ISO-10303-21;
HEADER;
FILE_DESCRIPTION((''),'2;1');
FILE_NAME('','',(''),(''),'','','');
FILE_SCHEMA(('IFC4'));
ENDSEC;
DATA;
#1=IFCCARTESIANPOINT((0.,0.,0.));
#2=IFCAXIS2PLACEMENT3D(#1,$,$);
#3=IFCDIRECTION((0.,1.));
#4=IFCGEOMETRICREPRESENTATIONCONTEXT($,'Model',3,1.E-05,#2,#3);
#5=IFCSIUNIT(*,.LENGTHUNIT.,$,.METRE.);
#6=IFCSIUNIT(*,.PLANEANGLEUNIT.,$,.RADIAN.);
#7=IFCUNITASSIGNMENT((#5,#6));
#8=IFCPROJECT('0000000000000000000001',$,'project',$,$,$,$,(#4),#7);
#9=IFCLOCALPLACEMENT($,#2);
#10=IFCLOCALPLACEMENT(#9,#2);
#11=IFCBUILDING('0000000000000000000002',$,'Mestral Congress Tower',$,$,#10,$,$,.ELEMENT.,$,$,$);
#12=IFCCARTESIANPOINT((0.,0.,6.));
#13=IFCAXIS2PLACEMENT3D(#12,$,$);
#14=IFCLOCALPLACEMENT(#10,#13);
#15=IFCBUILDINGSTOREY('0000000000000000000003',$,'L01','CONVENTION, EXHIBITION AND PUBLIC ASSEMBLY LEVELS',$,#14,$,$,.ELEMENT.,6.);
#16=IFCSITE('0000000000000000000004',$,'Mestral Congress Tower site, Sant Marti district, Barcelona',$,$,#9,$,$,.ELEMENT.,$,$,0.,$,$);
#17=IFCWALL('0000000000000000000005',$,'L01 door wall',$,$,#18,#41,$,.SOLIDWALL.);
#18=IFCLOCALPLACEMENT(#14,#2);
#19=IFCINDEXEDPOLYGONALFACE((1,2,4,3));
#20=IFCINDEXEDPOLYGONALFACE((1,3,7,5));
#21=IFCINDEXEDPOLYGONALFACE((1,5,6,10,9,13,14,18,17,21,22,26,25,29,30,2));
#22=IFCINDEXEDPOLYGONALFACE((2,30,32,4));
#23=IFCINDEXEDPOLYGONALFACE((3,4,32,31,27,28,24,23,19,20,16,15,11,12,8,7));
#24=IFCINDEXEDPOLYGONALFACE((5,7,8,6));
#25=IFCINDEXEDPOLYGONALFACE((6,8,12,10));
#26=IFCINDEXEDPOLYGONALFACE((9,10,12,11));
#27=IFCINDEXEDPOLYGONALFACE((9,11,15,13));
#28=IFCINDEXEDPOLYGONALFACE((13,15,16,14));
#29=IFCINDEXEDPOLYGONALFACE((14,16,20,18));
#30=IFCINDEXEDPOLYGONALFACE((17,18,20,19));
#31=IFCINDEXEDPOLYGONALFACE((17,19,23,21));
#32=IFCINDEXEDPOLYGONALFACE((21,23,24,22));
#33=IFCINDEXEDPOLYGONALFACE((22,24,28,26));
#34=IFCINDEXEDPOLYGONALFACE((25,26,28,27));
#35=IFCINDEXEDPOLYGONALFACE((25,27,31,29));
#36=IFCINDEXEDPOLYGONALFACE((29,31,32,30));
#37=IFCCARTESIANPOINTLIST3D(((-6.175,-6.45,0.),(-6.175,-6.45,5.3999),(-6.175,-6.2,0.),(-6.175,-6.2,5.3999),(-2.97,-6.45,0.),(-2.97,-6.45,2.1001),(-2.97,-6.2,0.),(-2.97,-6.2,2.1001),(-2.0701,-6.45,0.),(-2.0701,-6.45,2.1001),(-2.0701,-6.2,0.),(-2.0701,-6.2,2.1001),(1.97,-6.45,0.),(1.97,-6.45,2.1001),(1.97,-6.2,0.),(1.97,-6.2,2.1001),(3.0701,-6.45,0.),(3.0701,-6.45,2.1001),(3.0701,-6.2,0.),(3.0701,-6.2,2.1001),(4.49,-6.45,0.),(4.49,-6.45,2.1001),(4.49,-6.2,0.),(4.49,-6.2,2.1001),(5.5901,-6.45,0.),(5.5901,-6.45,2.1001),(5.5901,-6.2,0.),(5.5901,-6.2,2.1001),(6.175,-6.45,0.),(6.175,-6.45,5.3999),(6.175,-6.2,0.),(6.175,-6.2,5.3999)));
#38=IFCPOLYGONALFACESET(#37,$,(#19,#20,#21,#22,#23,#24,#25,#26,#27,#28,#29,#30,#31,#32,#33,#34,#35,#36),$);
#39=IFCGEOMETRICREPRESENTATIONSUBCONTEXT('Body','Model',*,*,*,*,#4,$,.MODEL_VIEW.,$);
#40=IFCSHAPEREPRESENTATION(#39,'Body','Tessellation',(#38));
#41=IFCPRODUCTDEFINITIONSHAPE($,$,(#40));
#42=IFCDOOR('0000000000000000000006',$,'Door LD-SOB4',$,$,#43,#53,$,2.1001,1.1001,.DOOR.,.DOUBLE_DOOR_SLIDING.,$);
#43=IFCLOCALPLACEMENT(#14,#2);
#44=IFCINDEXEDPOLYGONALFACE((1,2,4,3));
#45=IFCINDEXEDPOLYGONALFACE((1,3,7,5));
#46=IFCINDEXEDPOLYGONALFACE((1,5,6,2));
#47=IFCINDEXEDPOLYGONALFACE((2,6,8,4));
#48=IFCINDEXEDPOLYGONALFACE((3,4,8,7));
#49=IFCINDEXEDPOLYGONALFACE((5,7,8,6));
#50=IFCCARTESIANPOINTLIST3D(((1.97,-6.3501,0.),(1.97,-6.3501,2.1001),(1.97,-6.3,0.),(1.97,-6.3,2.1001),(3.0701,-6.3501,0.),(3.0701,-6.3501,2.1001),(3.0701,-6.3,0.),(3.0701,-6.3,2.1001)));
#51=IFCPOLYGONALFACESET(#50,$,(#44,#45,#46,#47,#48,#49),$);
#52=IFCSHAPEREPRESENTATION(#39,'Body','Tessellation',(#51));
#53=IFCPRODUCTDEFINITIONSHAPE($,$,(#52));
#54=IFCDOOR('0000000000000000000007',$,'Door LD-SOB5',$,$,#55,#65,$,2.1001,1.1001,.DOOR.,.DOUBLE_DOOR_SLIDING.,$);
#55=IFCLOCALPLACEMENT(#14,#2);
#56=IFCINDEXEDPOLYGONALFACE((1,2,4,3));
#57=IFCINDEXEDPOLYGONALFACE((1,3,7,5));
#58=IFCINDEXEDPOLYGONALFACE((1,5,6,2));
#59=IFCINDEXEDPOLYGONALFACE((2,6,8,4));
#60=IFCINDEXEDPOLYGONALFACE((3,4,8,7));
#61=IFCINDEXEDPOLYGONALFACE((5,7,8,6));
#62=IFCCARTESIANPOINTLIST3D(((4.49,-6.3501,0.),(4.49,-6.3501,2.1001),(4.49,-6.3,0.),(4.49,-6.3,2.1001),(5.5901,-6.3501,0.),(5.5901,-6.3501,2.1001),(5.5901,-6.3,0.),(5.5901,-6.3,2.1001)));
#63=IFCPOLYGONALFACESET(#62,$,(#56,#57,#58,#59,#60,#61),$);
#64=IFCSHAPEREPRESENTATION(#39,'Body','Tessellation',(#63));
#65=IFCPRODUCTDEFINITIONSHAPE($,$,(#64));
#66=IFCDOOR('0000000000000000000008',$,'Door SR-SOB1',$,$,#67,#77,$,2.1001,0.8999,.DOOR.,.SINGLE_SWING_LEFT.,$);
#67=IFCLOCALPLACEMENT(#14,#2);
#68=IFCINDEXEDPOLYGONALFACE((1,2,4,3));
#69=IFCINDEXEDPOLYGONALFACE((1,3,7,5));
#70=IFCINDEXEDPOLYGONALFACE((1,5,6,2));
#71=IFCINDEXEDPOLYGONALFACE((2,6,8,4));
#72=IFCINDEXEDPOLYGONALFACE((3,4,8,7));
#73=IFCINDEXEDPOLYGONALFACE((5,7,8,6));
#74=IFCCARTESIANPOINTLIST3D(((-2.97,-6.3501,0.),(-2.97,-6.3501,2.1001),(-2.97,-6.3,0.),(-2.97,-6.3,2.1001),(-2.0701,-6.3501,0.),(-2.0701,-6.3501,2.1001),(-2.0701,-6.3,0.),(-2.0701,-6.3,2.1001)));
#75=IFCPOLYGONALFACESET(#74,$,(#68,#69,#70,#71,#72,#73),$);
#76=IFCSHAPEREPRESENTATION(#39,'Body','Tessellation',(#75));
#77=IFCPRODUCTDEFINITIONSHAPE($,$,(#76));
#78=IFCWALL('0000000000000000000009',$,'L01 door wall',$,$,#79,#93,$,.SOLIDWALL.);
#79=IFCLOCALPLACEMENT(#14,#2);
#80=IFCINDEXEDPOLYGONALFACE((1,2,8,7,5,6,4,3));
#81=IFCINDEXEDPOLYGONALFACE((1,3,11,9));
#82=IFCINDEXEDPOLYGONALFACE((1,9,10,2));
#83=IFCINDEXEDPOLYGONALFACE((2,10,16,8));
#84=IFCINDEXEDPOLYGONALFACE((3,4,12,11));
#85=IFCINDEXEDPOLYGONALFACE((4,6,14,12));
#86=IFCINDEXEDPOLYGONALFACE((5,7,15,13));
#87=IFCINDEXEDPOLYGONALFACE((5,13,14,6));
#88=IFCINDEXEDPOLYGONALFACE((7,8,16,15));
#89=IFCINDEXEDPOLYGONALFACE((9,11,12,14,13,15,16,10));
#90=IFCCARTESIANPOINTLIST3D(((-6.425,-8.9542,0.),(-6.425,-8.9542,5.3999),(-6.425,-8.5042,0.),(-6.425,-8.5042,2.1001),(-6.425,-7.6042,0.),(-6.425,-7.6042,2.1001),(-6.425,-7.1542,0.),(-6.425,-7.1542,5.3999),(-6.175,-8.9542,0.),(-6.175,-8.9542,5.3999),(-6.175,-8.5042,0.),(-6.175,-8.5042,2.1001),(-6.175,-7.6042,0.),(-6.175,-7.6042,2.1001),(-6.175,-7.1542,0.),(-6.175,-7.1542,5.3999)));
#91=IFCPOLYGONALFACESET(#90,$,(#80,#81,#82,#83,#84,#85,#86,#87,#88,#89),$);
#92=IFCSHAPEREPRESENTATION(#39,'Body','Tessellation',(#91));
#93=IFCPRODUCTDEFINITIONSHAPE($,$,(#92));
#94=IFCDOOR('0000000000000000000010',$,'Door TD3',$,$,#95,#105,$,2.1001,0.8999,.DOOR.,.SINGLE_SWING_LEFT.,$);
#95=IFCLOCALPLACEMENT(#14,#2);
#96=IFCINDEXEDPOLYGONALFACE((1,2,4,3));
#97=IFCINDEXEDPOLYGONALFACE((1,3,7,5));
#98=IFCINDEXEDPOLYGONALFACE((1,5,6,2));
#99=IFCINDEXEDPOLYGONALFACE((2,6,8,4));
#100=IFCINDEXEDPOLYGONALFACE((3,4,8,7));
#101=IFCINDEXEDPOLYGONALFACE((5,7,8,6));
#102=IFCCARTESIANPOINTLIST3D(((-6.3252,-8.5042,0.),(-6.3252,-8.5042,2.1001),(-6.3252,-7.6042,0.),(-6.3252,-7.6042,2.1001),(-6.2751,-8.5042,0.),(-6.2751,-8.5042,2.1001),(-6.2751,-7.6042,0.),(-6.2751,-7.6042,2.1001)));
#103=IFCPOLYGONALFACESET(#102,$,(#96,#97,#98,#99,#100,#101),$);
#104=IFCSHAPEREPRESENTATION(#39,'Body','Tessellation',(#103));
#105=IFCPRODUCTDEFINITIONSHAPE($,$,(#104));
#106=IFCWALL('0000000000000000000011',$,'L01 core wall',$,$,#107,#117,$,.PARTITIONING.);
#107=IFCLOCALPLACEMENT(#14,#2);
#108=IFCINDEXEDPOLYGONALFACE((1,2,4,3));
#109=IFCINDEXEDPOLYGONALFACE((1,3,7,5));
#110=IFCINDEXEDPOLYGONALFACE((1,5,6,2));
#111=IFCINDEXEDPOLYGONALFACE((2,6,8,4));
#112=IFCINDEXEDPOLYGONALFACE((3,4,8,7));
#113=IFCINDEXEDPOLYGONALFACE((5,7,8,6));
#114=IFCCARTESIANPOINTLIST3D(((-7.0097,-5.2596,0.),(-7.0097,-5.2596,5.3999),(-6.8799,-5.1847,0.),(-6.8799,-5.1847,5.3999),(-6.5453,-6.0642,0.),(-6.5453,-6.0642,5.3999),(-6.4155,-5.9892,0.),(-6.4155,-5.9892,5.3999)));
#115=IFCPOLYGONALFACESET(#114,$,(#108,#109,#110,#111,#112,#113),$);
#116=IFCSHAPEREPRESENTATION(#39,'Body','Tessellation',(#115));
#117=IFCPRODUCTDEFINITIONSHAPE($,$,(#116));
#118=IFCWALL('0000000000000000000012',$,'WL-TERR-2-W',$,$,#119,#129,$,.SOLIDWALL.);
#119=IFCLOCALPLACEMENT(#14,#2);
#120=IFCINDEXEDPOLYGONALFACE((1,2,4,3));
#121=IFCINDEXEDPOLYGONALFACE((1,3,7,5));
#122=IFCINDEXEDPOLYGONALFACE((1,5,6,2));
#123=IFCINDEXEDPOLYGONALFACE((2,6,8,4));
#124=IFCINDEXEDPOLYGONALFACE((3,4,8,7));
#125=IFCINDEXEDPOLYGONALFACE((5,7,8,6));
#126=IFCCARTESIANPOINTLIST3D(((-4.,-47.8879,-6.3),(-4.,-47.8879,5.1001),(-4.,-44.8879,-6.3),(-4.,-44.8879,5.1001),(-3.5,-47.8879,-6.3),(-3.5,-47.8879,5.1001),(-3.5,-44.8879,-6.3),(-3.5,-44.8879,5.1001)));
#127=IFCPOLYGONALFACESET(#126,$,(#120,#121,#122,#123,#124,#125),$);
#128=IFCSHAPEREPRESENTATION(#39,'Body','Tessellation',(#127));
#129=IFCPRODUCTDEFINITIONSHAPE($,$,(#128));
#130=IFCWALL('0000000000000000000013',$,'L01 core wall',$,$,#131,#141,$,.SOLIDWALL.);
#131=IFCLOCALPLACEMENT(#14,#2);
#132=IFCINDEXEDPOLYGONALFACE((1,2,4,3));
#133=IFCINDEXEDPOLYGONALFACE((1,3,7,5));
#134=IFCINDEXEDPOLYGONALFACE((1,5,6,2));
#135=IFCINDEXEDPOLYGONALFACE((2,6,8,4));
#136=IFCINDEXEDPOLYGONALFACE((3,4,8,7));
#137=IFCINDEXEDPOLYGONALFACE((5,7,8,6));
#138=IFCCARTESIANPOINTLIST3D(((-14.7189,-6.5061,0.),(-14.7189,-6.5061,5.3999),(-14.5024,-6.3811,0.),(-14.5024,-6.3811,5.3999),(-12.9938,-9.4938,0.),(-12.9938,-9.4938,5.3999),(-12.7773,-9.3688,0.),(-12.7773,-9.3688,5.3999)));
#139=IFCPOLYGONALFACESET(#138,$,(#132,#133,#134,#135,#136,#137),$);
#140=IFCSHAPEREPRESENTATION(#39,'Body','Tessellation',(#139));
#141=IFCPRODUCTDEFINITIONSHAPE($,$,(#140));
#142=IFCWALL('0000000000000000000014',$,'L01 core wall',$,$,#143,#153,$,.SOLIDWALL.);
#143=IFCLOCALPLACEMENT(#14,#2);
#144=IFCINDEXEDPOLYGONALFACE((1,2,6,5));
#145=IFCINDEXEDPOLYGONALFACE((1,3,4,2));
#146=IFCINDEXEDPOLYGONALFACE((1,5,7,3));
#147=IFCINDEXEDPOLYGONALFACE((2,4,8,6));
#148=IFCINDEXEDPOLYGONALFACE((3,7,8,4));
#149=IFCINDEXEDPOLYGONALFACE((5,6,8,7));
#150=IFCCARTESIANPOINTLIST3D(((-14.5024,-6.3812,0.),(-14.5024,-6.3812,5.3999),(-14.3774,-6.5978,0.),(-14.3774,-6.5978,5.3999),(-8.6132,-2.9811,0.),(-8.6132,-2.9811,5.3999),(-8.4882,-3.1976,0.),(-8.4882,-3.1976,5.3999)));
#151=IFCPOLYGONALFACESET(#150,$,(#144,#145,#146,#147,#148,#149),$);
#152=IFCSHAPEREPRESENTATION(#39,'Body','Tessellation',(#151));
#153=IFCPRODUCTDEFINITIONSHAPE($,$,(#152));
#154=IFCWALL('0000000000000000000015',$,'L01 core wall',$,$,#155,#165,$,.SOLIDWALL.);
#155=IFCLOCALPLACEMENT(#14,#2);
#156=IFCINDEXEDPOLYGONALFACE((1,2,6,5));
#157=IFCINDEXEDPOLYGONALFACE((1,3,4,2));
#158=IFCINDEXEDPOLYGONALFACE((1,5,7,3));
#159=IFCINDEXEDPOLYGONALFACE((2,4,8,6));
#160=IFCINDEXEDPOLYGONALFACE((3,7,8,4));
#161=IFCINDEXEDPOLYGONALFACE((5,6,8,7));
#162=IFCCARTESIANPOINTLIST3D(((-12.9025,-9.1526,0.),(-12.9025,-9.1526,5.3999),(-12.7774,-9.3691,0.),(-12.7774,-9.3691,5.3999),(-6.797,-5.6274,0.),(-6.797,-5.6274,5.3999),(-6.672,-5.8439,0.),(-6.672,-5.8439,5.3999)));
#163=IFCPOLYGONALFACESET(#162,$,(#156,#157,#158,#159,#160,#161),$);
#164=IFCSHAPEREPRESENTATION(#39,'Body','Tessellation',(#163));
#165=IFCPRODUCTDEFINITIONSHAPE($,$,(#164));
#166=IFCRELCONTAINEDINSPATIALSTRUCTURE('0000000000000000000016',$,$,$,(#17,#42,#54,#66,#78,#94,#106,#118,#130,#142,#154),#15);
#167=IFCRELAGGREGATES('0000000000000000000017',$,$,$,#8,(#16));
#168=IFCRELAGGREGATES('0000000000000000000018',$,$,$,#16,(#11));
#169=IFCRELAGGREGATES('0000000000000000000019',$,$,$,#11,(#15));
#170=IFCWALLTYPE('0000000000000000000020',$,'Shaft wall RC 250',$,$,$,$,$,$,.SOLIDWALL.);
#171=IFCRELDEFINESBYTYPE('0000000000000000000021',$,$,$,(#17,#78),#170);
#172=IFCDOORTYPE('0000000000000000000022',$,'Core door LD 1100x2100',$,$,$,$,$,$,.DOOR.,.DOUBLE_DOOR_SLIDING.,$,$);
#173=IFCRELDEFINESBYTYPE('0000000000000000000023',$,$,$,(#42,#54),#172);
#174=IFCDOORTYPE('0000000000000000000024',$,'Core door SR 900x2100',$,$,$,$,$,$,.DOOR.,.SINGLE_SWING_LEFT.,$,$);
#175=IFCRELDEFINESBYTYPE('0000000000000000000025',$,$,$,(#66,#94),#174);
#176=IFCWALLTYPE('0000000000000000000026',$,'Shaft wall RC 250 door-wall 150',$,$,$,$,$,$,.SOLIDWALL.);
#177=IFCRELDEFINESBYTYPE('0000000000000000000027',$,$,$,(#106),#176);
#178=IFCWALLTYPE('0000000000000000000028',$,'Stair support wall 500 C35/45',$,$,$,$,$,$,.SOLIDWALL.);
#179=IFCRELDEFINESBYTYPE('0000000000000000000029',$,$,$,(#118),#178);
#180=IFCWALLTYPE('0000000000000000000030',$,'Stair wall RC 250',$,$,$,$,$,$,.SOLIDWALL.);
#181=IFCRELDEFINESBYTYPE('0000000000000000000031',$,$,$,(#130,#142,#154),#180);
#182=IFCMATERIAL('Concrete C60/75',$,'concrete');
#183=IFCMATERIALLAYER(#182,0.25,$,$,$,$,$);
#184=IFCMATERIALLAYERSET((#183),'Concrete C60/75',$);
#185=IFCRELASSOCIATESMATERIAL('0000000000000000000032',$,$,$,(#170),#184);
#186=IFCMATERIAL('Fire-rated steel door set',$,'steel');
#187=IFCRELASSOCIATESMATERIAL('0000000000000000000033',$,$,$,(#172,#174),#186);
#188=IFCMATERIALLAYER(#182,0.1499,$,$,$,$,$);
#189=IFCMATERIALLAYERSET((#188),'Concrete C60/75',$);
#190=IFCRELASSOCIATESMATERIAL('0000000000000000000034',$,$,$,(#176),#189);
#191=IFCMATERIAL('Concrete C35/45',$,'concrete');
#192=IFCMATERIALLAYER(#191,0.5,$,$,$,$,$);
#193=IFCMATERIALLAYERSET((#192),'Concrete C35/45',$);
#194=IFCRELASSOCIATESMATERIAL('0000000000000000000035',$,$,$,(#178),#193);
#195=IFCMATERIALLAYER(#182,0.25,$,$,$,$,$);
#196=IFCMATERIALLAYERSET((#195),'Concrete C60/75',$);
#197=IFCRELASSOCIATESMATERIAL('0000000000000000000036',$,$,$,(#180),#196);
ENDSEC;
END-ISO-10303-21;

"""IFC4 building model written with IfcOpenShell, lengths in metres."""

from ifc_helpers import new_model, si_unit, direction, frame, frame_2d, origin, place, context, subcontext, project, spatial, rectangle, extrude, material, layer, layer_set, type_object, element, fill, save


model = new_model("IFC4")

# Units and contexts
model_context = context("Model", 3, precision=1e-05, world=origin(), true_north=direction((0.0, 1.0)))
body_context = subcontext(model_context, "Body", "Model", "MODEL_VIEW")
ifc_project = project(units=[si_unit("LENGTHUNIT", "METRE"), si_unit("PLANEANGLEUNIT", "RADIAN")], contexts=[model_context])

# Site, building, storey
site_placement = place(None, origin())
site = spatial("IfcSite", under=ifc_project, at=site_placement, Name="Mestral Congress Tower site, Sant Marti district, Barcelona", CompositionType="ELEMENT", RefElevation=0.0)
building_placement = place(site_placement, origin())
building = spatial("IfcBuilding", under=site, at=building_placement, Name="Mestral Congress Tower", CompositionType="ELEMENT")
storey_placement = place(building_placement, frame((0.0, 0.0, 6.0)))
storey = spatial("IfcBuildingStorey", under=building, at=storey_placement, Name="L01", Description="CONVENTION, EXHIBITION AND PUBLIC ASSEMBLY LEVELS", CompositionType="ELEMENT", Elevation=6.0)

# Shared definitions
ifc_material_1 = material(Name="Concrete C60/75", Category="concrete")
ifc_layer_1 = layer(ifc_material_1, 0.25)
ifc_layer_set_1 = layer_set([ifc_layer_1], Name="Concrete C60/75")
wall_type_1 = type_object("IfcWallType", Name="Shaft wall RC 250", PredefinedType="SOLIDWALL", material=ifc_layer_set_1)

# Wall, openings, doors
wall_1_placement = place(storey_placement, frame((-6.175, -6.325, 0.0), z_axis=(0.0, 0.0, 1.0), x_axis=(1.0, 0.0, 0.0)))
wall_1 = element("IfcWall", 1, at=wall_1_placement, inside=storey, type_object=wall_type_1, Name="L01 door wall", PredefinedType="SOLIDWALL", context=body_context, shape_type="SweptSolid", body=[
    extrude(rectangle(XDim=12.3501, YDim=0.25, at=frame_2d((6.175, 0.0))), origin(), (0.0, 0.0, 1.0), 5.3999),
])
opening_1_placement = place(wall_1_placement, frame((3.2051, 0.0, 0.0)))
opening_1 = element("IfcOpeningElement", 2, at=opening_1_placement, cuts=wall_1, PredefinedType="OPENING", context=body_context, shape_type="SweptSolid", body=[
    extrude(rectangle(XDim=0.8999, YDim=2.1001, at=frame_2d((0.45, 1.05))), frame((0.0, 0.135, 0.0), z_axis=(0.0, -1.0, 0.0), x_axis=(1.0, 0.0, 0.0)), (0.0, 0.0, 1.0), 0.27),
])
opening_2_placement = place(wall_1_placement, frame((8.145, 0.0, 0.0)))
opening_2 = element("IfcOpeningElement", 3, at=opening_2_placement, cuts=wall_1, PredefinedType="OPENING", context=body_context, shape_type="SweptSolid", body=[
    extrude(rectangle(XDim=1.1001, YDim=2.1001, at=frame_2d((0.55, 1.05))), frame((0.0, 0.135, 0.0), z_axis=(0.0, -1.0, 0.0), x_axis=(1.0, 0.0, 0.0)), (0.0, 0.0, 1.0), 0.27),
])
opening_3_placement = place(wall_1_placement, frame((10.665, 0.0, 0.0)))
opening_3 = element("IfcOpeningElement", 4, at=opening_3_placement, cuts=wall_1, PredefinedType="OPENING", context=body_context, shape_type="SweptSolid", body=[
    extrude(rectangle(XDim=1.1001, YDim=2.1001, at=frame_2d((0.55, 1.05))), frame((0.0, 0.135, 0.0), z_axis=(0.0, -1.0, 0.0), x_axis=(1.0, 0.0, 0.0)), (0.0, 0.0, 1.0), 0.27),
])
ifc_material_2 = material(Name="Fire-rated steel door set", Category="steel")
door_type_1 = type_object("IfcDoorType", Name="Core door LD 1100x2100", OperationType="DOUBLE_DOOR_SLIDING", PredefinedType="DOOR", material=ifc_material_2)
door_1_placement = place(opening_2_placement, origin())
door_1 = element("IfcDoor", 5, at=door_1_placement, inside=storey, type_object=door_type_1, Name="Door LD-SOB4", OperationType="DOUBLE_DOOR_SLIDING", OverallHeight=2.1001, OverallWidth=1.1001, PredefinedType="DOOR", context=body_context, shape_type="SweptSolid", body=[
    extrude(rectangle(XDim=1.1001, YDim=2.1001, at=frame_2d((0.55, 1.05))), frame((0.0, 0.0249, 0.0), z_axis=(0.0, -1.0, 0.0), x_axis=(1.0, 0.0, 0.0)), (0.0, 0.0, 1.0), 0.05),
])
fill(opening_2, door_1)
door_2_placement = place(opening_3_placement, origin())
door_2 = element("IfcDoor", 6, at=door_2_placement, inside=storey, type_object=door_type_1, Name="Door LD-SOB5", OperationType="DOUBLE_DOOR_SLIDING", OverallHeight=2.1001, OverallWidth=1.1001, PredefinedType="DOOR", context=body_context, shape_type="SweptSolid", body=[
    extrude(rectangle(XDim=1.1001, YDim=2.1001, at=frame_2d((0.55, 1.05))), frame((0.0, 0.0249, 0.0), z_axis=(0.0, -1.0, 0.0), x_axis=(1.0, 0.0, 0.0)), (0.0, 0.0, 1.0), 0.05),
])
fill(opening_3, door_2)
door_type_2 = type_object("IfcDoorType", Name="Core door SR 900x2100", OperationType="SINGLE_SWING_LEFT", PredefinedType="DOOR", material=ifc_material_2)
door_3_placement = place(opening_1_placement, origin())
door_3 = element("IfcDoor", 7, at=door_3_placement, inside=storey, type_object=door_type_2, Name="Door SR-SOB1", OperationType="SINGLE_SWING_LEFT", OverallHeight=2.1001, OverallWidth=0.8999, PredefinedType="DOOR", context=body_context, shape_type="SweptSolid", body=[
    extrude(rectangle(XDim=0.8999, YDim=2.1001, at=frame_2d((0.45, 1.05))), frame((0.0, 0.0249, 0.0), z_axis=(0.0, -1.0, 0.0), x_axis=(1.0, 0.0, 0.0)), (0.0, 0.0, 1.0), 0.05),
])
fill(opening_1, door_3)

# Wall, opening, door
wall_2_placement = place(storey_placement, frame((-6.3, -7.1543, 0.0), z_axis=(0.0, 0.0, 1.0), x_axis=(0.0, -1.0, 0.0)))
wall_2 = element("IfcWall", 8, at=wall_2_placement, inside=storey, type_object=wall_type_1, Name="L01 door wall", PredefinedType="SOLIDWALL", context=body_context, shape_type="SweptSolid", body=[
    extrude(rectangle(XDim=1.8, YDim=0.25, at=frame_2d((0.8999, 0.0))), origin(), (0.0, 0.0, 1.0), 5.3999),
])
opening_4_placement = place(wall_2_placement, frame((0.45, 0.0, 0.0)))
opening_4 = element("IfcOpeningElement", 9, at=opening_4_placement, cuts=wall_2, PredefinedType="OPENING", context=body_context, shape_type="SweptSolid", body=[
    extrude(rectangle(XDim=0.8999, YDim=2.1001, at=frame_2d((0.45, 1.05))), frame((0.0, 0.135, 0.0), z_axis=(0.0, -1.0, 0.0), x_axis=(1.0, 0.0, 0.0)), (0.0, 0.0, 1.0), 0.27),
])
door_4_placement = place(opening_4_placement, origin())
door_4 = element("IfcDoor", 10, at=door_4_placement, inside=storey, type_object=door_type_2, Name="Door TD3", OperationType="SINGLE_SWING_LEFT", OverallHeight=2.1001, OverallWidth=0.8999, PredefinedType="DOOR", context=body_context, shape_type="SweptSolid", body=[
    extrude(rectangle(XDim=0.8999, YDim=2.1001, at=frame_2d((0.45, 1.05))), frame((0.0, 0.0249, 0.0), z_axis=(0.0, -1.0, 0.0), x_axis=(1.0, 0.0, 0.0)), (0.0, 0.0, 1.0), 0.05),
])
fill(opening_4, door_4)

# Walls
ifc_layer_2 = layer(ifc_material_1, 0.1499)
ifc_layer_set_2 = layer_set([ifc_layer_2], Name="Concrete C60/75")
wall_type_2 = type_object("IfcWallType", Name="Shaft wall RC 250 door-wall 150", PredefinedType="SOLIDWALL", material=ifc_layer_set_2)
wall_3_placement = place(storey_placement, frame((-6.4805, -6.0266, 0.0), z_axis=(0.0, 0.0, 1.0), x_axis=(-0.499927, 0.866067, 0.0)))
element("IfcWall", 11, at=wall_3_placement, inside=storey, type_object=wall_type_2, Name="L01 core wall", PredefinedType="PARTITIONING", context=body_context, shape_type="SweptSolid", body=[
    extrude(rectangle(XDim=0.929, YDim=0.1499, at=frame_2d((0.4644, 0.0))), origin(), (0.0, 0.0, 1.0), 5.3999),
])
ifc_material_3 = material(Name="Concrete C35/45", Category="concrete")
ifc_layer_3 = layer(ifc_material_3, 0.5)
ifc_layer_set_3 = layer_set([ifc_layer_3], Name="Concrete C35/45")
wall_type_3 = type_object("IfcWallType", Name="Stair support wall 500 C35/45", PredefinedType="SOLIDWALL", material=ifc_layer_set_3)
wall_4_placement = place(storey_placement, frame((-3.75, -47.8879, -6.3), z_axis=(0.0, 0.0, 1.0), x_axis=(0.0, 1.0, 0.0)))
element("IfcWall", 12, at=wall_4_placement, inside=storey, type_object=wall_type_3, Name="WL-TERR-2-W", PredefinedType="SOLIDWALL", context=body_context, shape_type="SweptSolid", body=[
    extrude(rectangle(XDim=3.0, YDim=0.5, at=frame_2d((1.5, 0.0))), origin(), (0.0, 0.0, 1.0), 11.4001),
])
ifc_layer_4 = layer(ifc_material_1, 0.25)
ifc_layer_set_4 = layer_set([ifc_layer_4], Name="Concrete C60/75")
wall_type_4 = type_object("IfcWallType", Name="Stair wall RC 250", PredefinedType="SOLIDWALL", material=ifc_layer_set_4)
wall_5_placement = place(storey_placement, frame((-12.8855, -9.4314, 0.0), z_axis=(0.0, 0.0, 1.0), x_axis=(-0.500021, 0.866014, 0.0)))
element("IfcWall", 13, at=wall_5_placement, inside=storey, type_object=wall_type_4, Name="L01 core wall", PredefinedType="SOLIDWALL", context=body_context, shape_type="SweptSolid", body=[
    extrude(rectangle(XDim=3.45, YDim=0.25, at=frame_2d((1.7251, 0.0))), origin(), (0.0, 0.0, 1.0), 5.3999),
])
wall_6_placement = place(storey_placement, frame((-14.4399, -6.4895, 0.0), z_axis=(0.0, 0.0, 1.0), x_axis=(0.866023, 0.500004, 0.0)))
element("IfcWall", 14, at=wall_6_placement, inside=storey, type_object=wall_type_4, Name="L01 core wall", PredefinedType="SOLIDWALL", context=body_context, shape_type="SweptSolid", body=[
    extrude(rectangle(XDim=6.8003, YDim=0.25, at=frame_2d((3.4001, 0.0))), origin(), (0.0, 0.0, 1.0), 5.3999),
])
wall_7_placement = place(storey_placement, frame((-12.8398, -9.2607, 0.0), z_axis=(0.0, 0.0, 1.0), x_axis=(0.866016, 0.500016, 0.0)))
element("IfcWall", 15, at=wall_7_placement, inside=storey, type_object=wall_type_4, Name="L01 core wall", PredefinedType="SOLIDWALL", context=body_context, shape_type="SweptSolid", body=[
    extrude(rectangle(XDim=7.05, YDim=0.25, at=frame_2d((3.5249, 0.0))), origin(), (0.0, 0.0, 1.0), 5.3999),
])

save(model, "model.ifc")
